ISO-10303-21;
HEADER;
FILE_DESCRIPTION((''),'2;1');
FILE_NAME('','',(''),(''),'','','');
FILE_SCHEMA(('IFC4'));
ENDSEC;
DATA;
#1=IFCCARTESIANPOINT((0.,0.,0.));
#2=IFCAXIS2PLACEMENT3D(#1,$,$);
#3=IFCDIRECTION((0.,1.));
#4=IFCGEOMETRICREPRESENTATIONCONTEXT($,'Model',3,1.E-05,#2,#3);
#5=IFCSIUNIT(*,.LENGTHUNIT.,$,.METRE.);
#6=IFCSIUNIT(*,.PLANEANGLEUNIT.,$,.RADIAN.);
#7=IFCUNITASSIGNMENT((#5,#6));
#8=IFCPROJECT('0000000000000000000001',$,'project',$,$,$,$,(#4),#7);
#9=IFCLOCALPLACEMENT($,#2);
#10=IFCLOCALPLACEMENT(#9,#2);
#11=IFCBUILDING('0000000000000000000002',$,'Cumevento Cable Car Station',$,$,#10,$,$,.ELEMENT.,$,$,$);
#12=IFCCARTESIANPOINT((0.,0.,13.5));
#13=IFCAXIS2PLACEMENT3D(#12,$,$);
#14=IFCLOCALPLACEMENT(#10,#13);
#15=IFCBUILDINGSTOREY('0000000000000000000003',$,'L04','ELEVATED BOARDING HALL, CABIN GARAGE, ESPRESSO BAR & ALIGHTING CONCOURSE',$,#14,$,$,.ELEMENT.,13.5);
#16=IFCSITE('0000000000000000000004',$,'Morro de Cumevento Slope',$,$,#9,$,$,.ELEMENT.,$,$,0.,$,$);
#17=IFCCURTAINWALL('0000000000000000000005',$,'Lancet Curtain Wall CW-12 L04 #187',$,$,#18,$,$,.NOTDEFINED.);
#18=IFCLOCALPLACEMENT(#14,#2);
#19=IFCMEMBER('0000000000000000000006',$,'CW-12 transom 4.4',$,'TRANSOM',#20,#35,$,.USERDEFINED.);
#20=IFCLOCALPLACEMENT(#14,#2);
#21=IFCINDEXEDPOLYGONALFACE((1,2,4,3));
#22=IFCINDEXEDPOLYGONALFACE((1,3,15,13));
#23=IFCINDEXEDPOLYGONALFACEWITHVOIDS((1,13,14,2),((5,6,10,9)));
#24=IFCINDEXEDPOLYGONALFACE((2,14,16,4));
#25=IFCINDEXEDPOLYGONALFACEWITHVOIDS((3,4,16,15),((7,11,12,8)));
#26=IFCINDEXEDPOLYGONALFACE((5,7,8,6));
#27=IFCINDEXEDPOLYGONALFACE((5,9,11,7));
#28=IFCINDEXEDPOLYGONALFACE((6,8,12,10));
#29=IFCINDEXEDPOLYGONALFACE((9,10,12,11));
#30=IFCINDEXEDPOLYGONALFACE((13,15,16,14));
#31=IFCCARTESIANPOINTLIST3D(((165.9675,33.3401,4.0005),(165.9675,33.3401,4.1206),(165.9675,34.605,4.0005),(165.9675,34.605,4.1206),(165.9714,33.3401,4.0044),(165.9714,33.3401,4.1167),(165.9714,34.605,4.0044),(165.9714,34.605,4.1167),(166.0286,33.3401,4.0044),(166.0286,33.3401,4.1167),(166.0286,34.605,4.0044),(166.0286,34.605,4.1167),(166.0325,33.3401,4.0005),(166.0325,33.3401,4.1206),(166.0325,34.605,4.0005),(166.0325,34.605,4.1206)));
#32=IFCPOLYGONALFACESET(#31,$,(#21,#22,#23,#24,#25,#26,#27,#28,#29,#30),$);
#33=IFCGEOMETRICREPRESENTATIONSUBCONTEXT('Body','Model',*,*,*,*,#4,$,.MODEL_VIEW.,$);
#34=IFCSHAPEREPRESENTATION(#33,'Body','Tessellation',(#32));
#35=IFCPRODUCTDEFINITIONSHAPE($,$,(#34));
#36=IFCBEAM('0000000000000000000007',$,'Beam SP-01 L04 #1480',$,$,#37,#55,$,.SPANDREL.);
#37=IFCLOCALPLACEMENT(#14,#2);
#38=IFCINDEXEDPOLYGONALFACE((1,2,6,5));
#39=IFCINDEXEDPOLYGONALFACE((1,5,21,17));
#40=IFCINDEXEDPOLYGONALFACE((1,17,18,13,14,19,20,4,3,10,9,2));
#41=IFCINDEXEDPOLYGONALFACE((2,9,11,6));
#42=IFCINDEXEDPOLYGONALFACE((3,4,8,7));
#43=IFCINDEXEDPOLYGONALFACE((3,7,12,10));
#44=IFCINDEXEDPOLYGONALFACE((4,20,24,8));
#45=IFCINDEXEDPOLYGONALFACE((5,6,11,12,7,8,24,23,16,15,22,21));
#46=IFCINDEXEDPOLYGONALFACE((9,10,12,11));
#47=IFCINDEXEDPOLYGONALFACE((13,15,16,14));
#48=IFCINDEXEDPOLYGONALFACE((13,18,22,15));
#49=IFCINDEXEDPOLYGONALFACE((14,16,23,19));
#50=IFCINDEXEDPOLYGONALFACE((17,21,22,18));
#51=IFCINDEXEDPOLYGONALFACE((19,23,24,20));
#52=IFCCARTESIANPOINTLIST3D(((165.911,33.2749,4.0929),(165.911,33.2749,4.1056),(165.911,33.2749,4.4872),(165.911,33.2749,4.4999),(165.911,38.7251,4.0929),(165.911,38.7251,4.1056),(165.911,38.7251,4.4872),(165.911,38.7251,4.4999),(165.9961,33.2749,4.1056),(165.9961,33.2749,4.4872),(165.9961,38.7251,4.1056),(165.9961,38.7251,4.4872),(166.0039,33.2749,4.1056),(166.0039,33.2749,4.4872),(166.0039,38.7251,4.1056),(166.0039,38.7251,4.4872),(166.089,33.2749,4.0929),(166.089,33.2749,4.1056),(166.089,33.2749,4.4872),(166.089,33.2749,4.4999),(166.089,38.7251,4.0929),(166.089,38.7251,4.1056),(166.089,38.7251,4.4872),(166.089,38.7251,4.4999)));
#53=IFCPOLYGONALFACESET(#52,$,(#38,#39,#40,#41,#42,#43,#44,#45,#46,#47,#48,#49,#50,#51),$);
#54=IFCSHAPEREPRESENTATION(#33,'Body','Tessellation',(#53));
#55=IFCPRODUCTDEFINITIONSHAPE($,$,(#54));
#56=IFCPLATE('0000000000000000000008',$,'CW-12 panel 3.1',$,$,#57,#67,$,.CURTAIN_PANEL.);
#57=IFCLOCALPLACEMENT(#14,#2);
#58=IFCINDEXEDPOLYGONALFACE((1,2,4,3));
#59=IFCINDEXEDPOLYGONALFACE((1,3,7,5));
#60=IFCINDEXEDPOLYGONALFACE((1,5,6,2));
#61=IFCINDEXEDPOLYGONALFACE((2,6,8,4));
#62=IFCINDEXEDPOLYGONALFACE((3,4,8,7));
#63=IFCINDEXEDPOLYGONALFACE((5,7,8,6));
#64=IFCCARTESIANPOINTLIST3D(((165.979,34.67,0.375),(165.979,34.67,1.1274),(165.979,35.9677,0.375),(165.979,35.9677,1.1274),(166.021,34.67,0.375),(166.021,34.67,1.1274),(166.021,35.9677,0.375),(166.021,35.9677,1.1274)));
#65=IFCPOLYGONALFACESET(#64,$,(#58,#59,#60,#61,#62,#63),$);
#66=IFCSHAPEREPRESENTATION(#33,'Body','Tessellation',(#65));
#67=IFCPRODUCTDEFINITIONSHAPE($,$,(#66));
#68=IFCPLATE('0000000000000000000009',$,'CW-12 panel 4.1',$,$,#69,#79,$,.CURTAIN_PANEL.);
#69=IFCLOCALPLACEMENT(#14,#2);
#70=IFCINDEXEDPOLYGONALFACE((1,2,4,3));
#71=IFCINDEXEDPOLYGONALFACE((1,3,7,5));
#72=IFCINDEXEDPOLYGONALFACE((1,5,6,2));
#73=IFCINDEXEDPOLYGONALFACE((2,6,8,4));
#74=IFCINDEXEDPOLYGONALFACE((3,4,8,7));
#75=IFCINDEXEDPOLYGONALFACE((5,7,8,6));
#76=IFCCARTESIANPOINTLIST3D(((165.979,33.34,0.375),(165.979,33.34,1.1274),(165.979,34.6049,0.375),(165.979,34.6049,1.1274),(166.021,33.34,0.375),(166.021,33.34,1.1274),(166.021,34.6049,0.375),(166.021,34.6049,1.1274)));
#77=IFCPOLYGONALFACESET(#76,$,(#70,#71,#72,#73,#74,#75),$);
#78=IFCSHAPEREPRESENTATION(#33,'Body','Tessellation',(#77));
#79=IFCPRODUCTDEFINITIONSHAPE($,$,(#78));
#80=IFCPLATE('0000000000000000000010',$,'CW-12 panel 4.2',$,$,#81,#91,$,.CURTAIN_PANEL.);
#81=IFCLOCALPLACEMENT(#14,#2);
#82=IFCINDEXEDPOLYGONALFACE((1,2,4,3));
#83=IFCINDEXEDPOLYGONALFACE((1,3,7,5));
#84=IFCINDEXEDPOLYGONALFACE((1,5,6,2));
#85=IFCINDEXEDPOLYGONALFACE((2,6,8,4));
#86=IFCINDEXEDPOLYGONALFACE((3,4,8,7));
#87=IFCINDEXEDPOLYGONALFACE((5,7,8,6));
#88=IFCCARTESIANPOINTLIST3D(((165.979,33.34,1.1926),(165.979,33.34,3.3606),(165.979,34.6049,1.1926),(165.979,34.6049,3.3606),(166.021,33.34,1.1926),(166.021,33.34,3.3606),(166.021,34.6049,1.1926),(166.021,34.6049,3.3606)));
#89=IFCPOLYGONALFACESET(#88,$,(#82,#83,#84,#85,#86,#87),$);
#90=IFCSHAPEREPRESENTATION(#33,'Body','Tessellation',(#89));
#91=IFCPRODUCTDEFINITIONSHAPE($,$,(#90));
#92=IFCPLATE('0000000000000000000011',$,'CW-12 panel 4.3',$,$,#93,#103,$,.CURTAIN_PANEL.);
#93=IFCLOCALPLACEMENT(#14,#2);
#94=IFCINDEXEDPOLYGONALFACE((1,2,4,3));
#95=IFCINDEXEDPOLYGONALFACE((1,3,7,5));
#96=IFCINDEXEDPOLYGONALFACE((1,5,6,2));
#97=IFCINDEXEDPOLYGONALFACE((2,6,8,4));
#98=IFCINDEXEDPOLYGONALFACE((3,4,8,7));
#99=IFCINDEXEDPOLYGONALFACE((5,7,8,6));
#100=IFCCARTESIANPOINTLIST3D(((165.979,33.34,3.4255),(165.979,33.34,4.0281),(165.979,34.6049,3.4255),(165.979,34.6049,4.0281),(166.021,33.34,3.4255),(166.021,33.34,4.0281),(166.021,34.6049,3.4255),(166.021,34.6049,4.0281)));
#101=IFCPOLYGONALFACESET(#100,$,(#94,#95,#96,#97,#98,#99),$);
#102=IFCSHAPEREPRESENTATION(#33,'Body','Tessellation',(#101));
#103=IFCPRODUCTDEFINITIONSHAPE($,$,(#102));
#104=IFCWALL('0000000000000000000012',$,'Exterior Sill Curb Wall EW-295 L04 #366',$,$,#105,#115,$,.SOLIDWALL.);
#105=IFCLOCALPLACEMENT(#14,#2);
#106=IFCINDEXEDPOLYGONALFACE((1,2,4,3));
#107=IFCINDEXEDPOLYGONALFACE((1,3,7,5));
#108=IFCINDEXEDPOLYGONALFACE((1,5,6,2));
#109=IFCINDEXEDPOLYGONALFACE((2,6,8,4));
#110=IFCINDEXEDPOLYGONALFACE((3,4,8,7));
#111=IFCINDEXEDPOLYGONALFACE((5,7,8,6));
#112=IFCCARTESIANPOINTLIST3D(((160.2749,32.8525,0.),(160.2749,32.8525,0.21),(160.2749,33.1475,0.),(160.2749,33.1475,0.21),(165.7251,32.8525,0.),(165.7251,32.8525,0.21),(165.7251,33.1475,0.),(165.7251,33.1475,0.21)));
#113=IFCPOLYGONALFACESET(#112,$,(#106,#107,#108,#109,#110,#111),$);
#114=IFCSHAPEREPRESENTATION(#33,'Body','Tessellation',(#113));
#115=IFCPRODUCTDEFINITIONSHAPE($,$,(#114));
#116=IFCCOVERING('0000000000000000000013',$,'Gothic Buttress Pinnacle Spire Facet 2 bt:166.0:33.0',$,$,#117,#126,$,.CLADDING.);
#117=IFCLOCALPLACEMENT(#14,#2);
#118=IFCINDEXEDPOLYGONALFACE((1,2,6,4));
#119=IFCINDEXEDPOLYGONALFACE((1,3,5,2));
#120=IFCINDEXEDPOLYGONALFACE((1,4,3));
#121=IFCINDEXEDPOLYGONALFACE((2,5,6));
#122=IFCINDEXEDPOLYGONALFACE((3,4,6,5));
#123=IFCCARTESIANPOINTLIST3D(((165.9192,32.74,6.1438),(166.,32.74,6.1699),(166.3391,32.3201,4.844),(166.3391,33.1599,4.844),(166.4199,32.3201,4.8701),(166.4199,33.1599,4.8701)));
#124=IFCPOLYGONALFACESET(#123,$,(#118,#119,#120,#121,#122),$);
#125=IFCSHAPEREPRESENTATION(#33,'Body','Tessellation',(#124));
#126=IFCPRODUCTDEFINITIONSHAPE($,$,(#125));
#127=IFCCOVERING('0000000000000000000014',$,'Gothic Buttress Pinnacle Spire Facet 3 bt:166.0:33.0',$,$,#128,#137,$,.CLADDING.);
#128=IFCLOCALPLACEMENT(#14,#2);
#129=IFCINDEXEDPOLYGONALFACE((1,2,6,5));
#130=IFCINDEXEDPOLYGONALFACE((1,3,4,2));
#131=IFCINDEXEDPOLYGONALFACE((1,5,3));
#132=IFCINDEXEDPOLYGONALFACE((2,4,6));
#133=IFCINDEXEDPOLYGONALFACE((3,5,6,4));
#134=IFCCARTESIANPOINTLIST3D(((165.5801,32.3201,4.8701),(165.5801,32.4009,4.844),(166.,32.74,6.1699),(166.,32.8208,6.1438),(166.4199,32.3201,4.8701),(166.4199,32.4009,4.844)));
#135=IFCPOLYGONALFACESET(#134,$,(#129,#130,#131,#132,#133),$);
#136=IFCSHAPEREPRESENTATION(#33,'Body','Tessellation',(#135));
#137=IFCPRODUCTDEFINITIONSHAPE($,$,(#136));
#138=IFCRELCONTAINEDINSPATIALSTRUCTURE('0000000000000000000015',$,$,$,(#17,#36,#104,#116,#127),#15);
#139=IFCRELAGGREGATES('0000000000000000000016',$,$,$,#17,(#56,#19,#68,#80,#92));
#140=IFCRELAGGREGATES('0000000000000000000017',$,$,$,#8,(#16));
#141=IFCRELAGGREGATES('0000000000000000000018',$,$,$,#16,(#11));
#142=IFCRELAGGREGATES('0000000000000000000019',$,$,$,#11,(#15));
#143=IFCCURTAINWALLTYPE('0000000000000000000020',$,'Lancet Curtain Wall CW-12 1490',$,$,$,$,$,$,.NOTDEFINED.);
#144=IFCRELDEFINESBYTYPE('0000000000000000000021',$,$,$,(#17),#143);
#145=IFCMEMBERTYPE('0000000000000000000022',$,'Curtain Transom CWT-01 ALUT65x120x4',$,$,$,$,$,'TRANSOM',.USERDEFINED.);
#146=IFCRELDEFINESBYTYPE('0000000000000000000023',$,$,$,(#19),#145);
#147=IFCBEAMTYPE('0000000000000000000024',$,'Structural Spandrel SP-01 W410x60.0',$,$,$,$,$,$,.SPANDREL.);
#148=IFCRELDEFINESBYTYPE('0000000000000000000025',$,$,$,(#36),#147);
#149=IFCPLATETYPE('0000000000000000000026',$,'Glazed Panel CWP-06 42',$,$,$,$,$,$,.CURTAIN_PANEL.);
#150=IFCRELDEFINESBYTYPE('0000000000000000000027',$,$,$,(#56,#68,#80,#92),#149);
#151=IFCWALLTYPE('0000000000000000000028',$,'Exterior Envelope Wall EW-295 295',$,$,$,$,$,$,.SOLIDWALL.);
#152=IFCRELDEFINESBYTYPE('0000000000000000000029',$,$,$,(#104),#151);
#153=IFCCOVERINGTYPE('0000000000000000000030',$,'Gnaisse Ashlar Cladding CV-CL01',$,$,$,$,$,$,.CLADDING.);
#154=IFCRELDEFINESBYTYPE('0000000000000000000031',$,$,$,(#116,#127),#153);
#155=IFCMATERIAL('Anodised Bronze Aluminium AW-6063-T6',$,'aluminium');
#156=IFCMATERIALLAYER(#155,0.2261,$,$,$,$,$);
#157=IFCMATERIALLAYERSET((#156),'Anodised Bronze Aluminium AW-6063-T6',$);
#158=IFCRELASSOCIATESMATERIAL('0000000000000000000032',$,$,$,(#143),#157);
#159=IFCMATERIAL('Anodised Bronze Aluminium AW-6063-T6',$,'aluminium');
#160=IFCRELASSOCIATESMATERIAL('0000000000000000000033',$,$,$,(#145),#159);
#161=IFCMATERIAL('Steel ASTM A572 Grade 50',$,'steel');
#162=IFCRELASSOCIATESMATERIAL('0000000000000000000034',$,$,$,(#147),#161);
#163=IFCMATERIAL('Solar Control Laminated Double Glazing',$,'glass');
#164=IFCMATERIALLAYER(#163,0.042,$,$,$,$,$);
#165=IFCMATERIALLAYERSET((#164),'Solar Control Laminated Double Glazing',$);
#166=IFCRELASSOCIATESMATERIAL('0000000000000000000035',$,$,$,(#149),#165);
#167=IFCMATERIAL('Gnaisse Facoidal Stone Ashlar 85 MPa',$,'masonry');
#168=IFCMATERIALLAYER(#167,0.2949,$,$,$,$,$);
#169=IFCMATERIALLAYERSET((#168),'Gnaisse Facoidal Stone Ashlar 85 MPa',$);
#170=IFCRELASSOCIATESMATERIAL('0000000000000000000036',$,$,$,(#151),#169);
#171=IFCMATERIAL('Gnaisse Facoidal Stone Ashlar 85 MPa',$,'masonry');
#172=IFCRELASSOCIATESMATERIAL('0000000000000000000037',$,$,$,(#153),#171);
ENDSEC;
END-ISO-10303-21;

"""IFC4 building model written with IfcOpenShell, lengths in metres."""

from ifc_helpers import new_model, si_unit, direction, frame, frame_2d, origin, origin_2d, place, context, subcontext, project, spatial, polyline, rectangle, hollow_rectangle, i_section, outline, extrude, material, layer, layer_set, material_profile, profile_set, type_object, element, aggregate, save


model = new_model("IFC4")

# Units and contexts
model_context = context("Model", 3, precision=1e-05, world=origin(), true_north=direction((0.0, 1.0)))
body_context = subcontext(model_context, "Body", "Model", "MODEL_VIEW")
ifc_project = project(units=[si_unit("LENGTHUNIT", "METRE"), si_unit("PLANEANGLEUNIT", "RADIAN")], contexts=[model_context])

# Site, building, storey
site_placement = place(None, origin())
site = spatial("IfcSite", under=ifc_project, at=site_placement, Name="Morro de Cumevento Slope", CompositionType="ELEMENT", RefElevation=0.0)
building_placement = place(site_placement, origin())
building = spatial("IfcBuilding", under=site, at=building_placement, Name="Cumevento Cable Car Station", CompositionType="ELEMENT")
storey_placement = place(building_placement, frame((0.0, 0.0, 13.5)))
storey = spatial("IfcBuildingStorey", under=building, at=storey_placement, Name="L04", Description="ELEVATED BOARDING HALL, CABIN GARAGE, ESPRESSO BAR & ALIGHTING CONCOURSE", CompositionType="ELEMENT", Elevation=13.5)

# Curtain wall
ifc_material_1 = material(Name="Anodised Bronze Aluminium AW-6063-T6", Category="aluminium")
ifc_layer_1 = layer(ifc_material_1, 0.2261)
ifc_layer_set_1 = layer_set([ifc_layer_1], Name="Anodised Bronze Aluminium AW-6063-T6")
curtain_wall_type_1 = type_object("IfcCurtainWallType", Name="Lancet Curtain Wall CW-12 1490", PredefinedType="NOTDEFINED", material=ifc_layer_set_1)
curtain_wall_1_placement = place(storey_placement, origin())
curtain_wall_1 = element("IfcCurtainWall", 1, at=curtain_wall_1_placement, inside=storey, type_object=curtain_wall_type_1, Name="Lancet Curtain Wall CW-12 L04 #187", PredefinedType="NOTDEFINED")

# Member
ifc_material_2 = material(Name="Anodised Bronze Aluminium AW-6063-T6", Category="aluminium")
ifc_material_profile_1 = material_profile(ifc_material_2, hollow_rectangle(XDim=0.0649, YDim=0.1201, WallThickness=0.0039, at=origin_2d()), Name="ALUT65x120x4")
ifc_profile_set_1 = profile_set([ifc_material_profile_1], Name="Anodised Bronze Aluminium AW-6063-T6")
member_type_1 = type_object("IfcMemberType", Name="Curtain Transom CWT-01 ALUT65x120x4", ElementType="TRANSOM", PredefinedType="USERDEFINED", material=ifc_profile_set_1)
member_1_placement = place(storey_placement, frame((166.0, 34.605, 4.0605), z_axis=(0.0, -1.0, 0.0), x_axis=(1.0, 0.0, 0.0)))
member_1 = element("IfcMember", 2, at=member_1_placement, type_object=member_type_1, Name="CW-12 transom 4.4", ObjectType="TRANSOM", PredefinedType="USERDEFINED", context=body_context, shape_type="SweptSolid", body=[
    extrude(hollow_rectangle(XDim=0.0649, YDim=0.1201, WallThickness=0.0039, at=origin_2d()), origin(), (0.0, 0.0, 1.0), 1.2649),
])

# Beam
ifc_material_3 = material(Name="Steel ASTM A572 Grade 50", Category="steel")
ifc_material_profile_2 = material_profile(ifc_material_3, i_section(OverallWidth=0.178, OverallDepth=0.407, WebThickness=0.0078, FlangeThickness=0.0127, at=origin_2d()), Name="W410x60.0")
ifc_profile_set_2 = profile_set([ifc_material_profile_2], Name="Steel ASTM A572 Grade 50")
beam_type = type_object("IfcBeamType", Name="Structural Spandrel SP-01 W410x60.0", PredefinedType="SPANDREL", material=ifc_profile_set_2)
beam_placement = place(storey_placement, frame((166.0, 33.2749, 4.2964), z_axis=(0.0, 1.0, 0.0), x_axis=(-1.0, 0.0, 0.0)))
element("IfcBeam", 3, at=beam_placement, inside=storey, type_object=beam_type, Name="Beam SP-01 L04 #1480", PredefinedType="SPANDREL", context=body_context, shape_type="SweptSolid", body=[
    extrude(i_section(OverallWidth=0.178, OverallDepth=0.407, WebThickness=0.0078, FlangeThickness=0.0127, at=origin_2d()), origin(), (0.0, 0.0, 1.0), 5.4502),
])

# Plates
ifc_material_4 = material(Name="Solar Control Laminated Double Glazing", Category="glass")
ifc_layer_2 = layer(ifc_material_4, 0.042)
ifc_layer_set_2 = layer_set([ifc_layer_2], Name="Solar Control Laminated Double Glazing")
plate_type = type_object("IfcPlateType", Name="Glazed Panel CWP-06 42", PredefinedType="CURTAIN_PANEL", material=ifc_layer_set_2)
plate_1_placement = place(storey_placement, frame((166.0, 35.3188, 0.375), z_axis=(0.0, 0.0, 1.0), x_axis=(0.0, -1.0, 0.0)))
plate_1 = element("IfcPlate", 4, at=plate_1_placement, type_object=plate_type, Name="CW-12 panel 3.1", PredefinedType="CURTAIN_PANEL", context=body_context, shape_type="SweptSolid", body=[
    extrude(rectangle(XDim=1.2976, YDim=0.042, at=origin_2d()), origin(), (0.0, 0.0, 1.0), 0.7524),
])
plate_2_placement = place(storey_placement, frame((166.0, 33.9724, 0.375), z_axis=(0.0, 0.0, 1.0), x_axis=(0.0, -1.0, 0.0)))
plate_2 = element("IfcPlate", 5, at=plate_2_placement, type_object=plate_type, Name="CW-12 panel 4.1", PredefinedType="CURTAIN_PANEL", context=body_context, shape_type="SweptSolid", body=[
    extrude(rectangle(XDim=1.2649, YDim=0.042, at=origin_2d()), origin(), (0.0, 0.0, 1.0), 0.7524),
])
plate_3_placement = place(storey_placement, frame((166.0, 33.9724, 1.1926), z_axis=(0.0, 0.0, 1.0), x_axis=(0.0, -1.0, 0.0)))
plate_3 = element("IfcPlate", 6, at=plate_3_placement, type_object=plate_type, Name="CW-12 panel 4.2", PredefinedType="CURTAIN_PANEL", context=body_context, shape_type="SweptSolid", body=[
    extrude(rectangle(XDim=1.2649, YDim=0.042, at=origin_2d()), origin(), (0.0, 0.0, 1.0), 2.168),
])
plate_4_placement = place(storey_placement, frame((166.0, 33.9724, 3.4255), z_axis=(0.0, 0.0, 1.0), x_axis=(0.0, -1.0, 0.0)))
plate_4 = element("IfcPlate", 7, at=plate_4_placement, type_object=plate_type, Name="CW-12 panel 4.3", PredefinedType="CURTAIN_PANEL", context=body_context, shape_type="SweptSolid", body=[
    extrude(rectangle(XDim=1.2649, YDim=0.042, at=origin_2d()), origin(), (0.0, 0.0, 1.0), 0.6025),
])
aggregate(curtain_wall_1, [plate_1, member_1, plate_2, plate_3, plate_4])

# Wall
ifc_material_5 = material(Name="Gnaisse Facoidal Stone Ashlar 85 MPa", Category="masonry")
ifc_layer_3 = layer(ifc_material_5, 0.2949)
ifc_layer_set_3 = layer_set([ifc_layer_3], Name="Gnaisse Facoidal Stone Ashlar 85 MPa")
wall_type = type_object("IfcWallType", Name="Exterior Envelope Wall EW-295 295", PredefinedType="SOLIDWALL", material=ifc_layer_set_3)
wall_placement = place(storey_placement, frame((165.7251, 33.0, 0.0), z_axis=(0.0, 0.0, 1.0), x_axis=(-1.0, 0.0, 0.0)))
element("IfcWall", 8, at=wall_placement, inside=storey, type_object=wall_type, Name="Exterior Sill Curb Wall EW-295 L04 #366", PredefinedType="SOLIDWALL", context=body_context, shape_type="SweptSolid", body=[
    extrude(rectangle(XDim=5.4502, YDim=0.2949, at=frame_2d((2.7251, 0.0))), origin(), (0.0, 0.0, 1.0), 0.21),
])

# Coverings
ifc_material_6 = material(Name="Gnaisse Facoidal Stone Ashlar 85 MPa", Category="masonry")
covering_type = type_object("IfcCoveringType", Name="Gnaisse Ashlar Cladding CV-CL01", PredefinedType="CLADDING", material=ifc_material_6)
for number, where, z_axis, x_axis, name in (
    (9, (166.4199, 33.1599, 4.8701), (0.951574, 0.0, 0.307421), (0.0, -1.0, 0.0), "Gothic Buttress Pinnacle Spire Facet 2 bt:166.0:33.0"),
    (10, (166.4199, 32.3201, 4.8701), (0.0, -0.951574, 0.307421), (-1.0, 0.0, 0.0), "Gothic Buttress Pinnacle Spire Facet 3 bt:166.0:33.0"),
):
    element("IfcCovering", number, at=place(storey_placement, frame(where, z_axis=z_axis, x_axis=x_axis)), inside=storey, type_object=covering_type, Name=name, PredefinedType="CLADDING", context=body_context, shape_type="SweptSolid", body=[
        extrude(outline(polyline([(0.0, 0.0), (0.8398, 0.0), (0.4199, -1.366), (0.0, 0.0)])), origin(), (0.0, 0.0, -1.0), 0.085),
    ])

save(model, "model.ifc")
